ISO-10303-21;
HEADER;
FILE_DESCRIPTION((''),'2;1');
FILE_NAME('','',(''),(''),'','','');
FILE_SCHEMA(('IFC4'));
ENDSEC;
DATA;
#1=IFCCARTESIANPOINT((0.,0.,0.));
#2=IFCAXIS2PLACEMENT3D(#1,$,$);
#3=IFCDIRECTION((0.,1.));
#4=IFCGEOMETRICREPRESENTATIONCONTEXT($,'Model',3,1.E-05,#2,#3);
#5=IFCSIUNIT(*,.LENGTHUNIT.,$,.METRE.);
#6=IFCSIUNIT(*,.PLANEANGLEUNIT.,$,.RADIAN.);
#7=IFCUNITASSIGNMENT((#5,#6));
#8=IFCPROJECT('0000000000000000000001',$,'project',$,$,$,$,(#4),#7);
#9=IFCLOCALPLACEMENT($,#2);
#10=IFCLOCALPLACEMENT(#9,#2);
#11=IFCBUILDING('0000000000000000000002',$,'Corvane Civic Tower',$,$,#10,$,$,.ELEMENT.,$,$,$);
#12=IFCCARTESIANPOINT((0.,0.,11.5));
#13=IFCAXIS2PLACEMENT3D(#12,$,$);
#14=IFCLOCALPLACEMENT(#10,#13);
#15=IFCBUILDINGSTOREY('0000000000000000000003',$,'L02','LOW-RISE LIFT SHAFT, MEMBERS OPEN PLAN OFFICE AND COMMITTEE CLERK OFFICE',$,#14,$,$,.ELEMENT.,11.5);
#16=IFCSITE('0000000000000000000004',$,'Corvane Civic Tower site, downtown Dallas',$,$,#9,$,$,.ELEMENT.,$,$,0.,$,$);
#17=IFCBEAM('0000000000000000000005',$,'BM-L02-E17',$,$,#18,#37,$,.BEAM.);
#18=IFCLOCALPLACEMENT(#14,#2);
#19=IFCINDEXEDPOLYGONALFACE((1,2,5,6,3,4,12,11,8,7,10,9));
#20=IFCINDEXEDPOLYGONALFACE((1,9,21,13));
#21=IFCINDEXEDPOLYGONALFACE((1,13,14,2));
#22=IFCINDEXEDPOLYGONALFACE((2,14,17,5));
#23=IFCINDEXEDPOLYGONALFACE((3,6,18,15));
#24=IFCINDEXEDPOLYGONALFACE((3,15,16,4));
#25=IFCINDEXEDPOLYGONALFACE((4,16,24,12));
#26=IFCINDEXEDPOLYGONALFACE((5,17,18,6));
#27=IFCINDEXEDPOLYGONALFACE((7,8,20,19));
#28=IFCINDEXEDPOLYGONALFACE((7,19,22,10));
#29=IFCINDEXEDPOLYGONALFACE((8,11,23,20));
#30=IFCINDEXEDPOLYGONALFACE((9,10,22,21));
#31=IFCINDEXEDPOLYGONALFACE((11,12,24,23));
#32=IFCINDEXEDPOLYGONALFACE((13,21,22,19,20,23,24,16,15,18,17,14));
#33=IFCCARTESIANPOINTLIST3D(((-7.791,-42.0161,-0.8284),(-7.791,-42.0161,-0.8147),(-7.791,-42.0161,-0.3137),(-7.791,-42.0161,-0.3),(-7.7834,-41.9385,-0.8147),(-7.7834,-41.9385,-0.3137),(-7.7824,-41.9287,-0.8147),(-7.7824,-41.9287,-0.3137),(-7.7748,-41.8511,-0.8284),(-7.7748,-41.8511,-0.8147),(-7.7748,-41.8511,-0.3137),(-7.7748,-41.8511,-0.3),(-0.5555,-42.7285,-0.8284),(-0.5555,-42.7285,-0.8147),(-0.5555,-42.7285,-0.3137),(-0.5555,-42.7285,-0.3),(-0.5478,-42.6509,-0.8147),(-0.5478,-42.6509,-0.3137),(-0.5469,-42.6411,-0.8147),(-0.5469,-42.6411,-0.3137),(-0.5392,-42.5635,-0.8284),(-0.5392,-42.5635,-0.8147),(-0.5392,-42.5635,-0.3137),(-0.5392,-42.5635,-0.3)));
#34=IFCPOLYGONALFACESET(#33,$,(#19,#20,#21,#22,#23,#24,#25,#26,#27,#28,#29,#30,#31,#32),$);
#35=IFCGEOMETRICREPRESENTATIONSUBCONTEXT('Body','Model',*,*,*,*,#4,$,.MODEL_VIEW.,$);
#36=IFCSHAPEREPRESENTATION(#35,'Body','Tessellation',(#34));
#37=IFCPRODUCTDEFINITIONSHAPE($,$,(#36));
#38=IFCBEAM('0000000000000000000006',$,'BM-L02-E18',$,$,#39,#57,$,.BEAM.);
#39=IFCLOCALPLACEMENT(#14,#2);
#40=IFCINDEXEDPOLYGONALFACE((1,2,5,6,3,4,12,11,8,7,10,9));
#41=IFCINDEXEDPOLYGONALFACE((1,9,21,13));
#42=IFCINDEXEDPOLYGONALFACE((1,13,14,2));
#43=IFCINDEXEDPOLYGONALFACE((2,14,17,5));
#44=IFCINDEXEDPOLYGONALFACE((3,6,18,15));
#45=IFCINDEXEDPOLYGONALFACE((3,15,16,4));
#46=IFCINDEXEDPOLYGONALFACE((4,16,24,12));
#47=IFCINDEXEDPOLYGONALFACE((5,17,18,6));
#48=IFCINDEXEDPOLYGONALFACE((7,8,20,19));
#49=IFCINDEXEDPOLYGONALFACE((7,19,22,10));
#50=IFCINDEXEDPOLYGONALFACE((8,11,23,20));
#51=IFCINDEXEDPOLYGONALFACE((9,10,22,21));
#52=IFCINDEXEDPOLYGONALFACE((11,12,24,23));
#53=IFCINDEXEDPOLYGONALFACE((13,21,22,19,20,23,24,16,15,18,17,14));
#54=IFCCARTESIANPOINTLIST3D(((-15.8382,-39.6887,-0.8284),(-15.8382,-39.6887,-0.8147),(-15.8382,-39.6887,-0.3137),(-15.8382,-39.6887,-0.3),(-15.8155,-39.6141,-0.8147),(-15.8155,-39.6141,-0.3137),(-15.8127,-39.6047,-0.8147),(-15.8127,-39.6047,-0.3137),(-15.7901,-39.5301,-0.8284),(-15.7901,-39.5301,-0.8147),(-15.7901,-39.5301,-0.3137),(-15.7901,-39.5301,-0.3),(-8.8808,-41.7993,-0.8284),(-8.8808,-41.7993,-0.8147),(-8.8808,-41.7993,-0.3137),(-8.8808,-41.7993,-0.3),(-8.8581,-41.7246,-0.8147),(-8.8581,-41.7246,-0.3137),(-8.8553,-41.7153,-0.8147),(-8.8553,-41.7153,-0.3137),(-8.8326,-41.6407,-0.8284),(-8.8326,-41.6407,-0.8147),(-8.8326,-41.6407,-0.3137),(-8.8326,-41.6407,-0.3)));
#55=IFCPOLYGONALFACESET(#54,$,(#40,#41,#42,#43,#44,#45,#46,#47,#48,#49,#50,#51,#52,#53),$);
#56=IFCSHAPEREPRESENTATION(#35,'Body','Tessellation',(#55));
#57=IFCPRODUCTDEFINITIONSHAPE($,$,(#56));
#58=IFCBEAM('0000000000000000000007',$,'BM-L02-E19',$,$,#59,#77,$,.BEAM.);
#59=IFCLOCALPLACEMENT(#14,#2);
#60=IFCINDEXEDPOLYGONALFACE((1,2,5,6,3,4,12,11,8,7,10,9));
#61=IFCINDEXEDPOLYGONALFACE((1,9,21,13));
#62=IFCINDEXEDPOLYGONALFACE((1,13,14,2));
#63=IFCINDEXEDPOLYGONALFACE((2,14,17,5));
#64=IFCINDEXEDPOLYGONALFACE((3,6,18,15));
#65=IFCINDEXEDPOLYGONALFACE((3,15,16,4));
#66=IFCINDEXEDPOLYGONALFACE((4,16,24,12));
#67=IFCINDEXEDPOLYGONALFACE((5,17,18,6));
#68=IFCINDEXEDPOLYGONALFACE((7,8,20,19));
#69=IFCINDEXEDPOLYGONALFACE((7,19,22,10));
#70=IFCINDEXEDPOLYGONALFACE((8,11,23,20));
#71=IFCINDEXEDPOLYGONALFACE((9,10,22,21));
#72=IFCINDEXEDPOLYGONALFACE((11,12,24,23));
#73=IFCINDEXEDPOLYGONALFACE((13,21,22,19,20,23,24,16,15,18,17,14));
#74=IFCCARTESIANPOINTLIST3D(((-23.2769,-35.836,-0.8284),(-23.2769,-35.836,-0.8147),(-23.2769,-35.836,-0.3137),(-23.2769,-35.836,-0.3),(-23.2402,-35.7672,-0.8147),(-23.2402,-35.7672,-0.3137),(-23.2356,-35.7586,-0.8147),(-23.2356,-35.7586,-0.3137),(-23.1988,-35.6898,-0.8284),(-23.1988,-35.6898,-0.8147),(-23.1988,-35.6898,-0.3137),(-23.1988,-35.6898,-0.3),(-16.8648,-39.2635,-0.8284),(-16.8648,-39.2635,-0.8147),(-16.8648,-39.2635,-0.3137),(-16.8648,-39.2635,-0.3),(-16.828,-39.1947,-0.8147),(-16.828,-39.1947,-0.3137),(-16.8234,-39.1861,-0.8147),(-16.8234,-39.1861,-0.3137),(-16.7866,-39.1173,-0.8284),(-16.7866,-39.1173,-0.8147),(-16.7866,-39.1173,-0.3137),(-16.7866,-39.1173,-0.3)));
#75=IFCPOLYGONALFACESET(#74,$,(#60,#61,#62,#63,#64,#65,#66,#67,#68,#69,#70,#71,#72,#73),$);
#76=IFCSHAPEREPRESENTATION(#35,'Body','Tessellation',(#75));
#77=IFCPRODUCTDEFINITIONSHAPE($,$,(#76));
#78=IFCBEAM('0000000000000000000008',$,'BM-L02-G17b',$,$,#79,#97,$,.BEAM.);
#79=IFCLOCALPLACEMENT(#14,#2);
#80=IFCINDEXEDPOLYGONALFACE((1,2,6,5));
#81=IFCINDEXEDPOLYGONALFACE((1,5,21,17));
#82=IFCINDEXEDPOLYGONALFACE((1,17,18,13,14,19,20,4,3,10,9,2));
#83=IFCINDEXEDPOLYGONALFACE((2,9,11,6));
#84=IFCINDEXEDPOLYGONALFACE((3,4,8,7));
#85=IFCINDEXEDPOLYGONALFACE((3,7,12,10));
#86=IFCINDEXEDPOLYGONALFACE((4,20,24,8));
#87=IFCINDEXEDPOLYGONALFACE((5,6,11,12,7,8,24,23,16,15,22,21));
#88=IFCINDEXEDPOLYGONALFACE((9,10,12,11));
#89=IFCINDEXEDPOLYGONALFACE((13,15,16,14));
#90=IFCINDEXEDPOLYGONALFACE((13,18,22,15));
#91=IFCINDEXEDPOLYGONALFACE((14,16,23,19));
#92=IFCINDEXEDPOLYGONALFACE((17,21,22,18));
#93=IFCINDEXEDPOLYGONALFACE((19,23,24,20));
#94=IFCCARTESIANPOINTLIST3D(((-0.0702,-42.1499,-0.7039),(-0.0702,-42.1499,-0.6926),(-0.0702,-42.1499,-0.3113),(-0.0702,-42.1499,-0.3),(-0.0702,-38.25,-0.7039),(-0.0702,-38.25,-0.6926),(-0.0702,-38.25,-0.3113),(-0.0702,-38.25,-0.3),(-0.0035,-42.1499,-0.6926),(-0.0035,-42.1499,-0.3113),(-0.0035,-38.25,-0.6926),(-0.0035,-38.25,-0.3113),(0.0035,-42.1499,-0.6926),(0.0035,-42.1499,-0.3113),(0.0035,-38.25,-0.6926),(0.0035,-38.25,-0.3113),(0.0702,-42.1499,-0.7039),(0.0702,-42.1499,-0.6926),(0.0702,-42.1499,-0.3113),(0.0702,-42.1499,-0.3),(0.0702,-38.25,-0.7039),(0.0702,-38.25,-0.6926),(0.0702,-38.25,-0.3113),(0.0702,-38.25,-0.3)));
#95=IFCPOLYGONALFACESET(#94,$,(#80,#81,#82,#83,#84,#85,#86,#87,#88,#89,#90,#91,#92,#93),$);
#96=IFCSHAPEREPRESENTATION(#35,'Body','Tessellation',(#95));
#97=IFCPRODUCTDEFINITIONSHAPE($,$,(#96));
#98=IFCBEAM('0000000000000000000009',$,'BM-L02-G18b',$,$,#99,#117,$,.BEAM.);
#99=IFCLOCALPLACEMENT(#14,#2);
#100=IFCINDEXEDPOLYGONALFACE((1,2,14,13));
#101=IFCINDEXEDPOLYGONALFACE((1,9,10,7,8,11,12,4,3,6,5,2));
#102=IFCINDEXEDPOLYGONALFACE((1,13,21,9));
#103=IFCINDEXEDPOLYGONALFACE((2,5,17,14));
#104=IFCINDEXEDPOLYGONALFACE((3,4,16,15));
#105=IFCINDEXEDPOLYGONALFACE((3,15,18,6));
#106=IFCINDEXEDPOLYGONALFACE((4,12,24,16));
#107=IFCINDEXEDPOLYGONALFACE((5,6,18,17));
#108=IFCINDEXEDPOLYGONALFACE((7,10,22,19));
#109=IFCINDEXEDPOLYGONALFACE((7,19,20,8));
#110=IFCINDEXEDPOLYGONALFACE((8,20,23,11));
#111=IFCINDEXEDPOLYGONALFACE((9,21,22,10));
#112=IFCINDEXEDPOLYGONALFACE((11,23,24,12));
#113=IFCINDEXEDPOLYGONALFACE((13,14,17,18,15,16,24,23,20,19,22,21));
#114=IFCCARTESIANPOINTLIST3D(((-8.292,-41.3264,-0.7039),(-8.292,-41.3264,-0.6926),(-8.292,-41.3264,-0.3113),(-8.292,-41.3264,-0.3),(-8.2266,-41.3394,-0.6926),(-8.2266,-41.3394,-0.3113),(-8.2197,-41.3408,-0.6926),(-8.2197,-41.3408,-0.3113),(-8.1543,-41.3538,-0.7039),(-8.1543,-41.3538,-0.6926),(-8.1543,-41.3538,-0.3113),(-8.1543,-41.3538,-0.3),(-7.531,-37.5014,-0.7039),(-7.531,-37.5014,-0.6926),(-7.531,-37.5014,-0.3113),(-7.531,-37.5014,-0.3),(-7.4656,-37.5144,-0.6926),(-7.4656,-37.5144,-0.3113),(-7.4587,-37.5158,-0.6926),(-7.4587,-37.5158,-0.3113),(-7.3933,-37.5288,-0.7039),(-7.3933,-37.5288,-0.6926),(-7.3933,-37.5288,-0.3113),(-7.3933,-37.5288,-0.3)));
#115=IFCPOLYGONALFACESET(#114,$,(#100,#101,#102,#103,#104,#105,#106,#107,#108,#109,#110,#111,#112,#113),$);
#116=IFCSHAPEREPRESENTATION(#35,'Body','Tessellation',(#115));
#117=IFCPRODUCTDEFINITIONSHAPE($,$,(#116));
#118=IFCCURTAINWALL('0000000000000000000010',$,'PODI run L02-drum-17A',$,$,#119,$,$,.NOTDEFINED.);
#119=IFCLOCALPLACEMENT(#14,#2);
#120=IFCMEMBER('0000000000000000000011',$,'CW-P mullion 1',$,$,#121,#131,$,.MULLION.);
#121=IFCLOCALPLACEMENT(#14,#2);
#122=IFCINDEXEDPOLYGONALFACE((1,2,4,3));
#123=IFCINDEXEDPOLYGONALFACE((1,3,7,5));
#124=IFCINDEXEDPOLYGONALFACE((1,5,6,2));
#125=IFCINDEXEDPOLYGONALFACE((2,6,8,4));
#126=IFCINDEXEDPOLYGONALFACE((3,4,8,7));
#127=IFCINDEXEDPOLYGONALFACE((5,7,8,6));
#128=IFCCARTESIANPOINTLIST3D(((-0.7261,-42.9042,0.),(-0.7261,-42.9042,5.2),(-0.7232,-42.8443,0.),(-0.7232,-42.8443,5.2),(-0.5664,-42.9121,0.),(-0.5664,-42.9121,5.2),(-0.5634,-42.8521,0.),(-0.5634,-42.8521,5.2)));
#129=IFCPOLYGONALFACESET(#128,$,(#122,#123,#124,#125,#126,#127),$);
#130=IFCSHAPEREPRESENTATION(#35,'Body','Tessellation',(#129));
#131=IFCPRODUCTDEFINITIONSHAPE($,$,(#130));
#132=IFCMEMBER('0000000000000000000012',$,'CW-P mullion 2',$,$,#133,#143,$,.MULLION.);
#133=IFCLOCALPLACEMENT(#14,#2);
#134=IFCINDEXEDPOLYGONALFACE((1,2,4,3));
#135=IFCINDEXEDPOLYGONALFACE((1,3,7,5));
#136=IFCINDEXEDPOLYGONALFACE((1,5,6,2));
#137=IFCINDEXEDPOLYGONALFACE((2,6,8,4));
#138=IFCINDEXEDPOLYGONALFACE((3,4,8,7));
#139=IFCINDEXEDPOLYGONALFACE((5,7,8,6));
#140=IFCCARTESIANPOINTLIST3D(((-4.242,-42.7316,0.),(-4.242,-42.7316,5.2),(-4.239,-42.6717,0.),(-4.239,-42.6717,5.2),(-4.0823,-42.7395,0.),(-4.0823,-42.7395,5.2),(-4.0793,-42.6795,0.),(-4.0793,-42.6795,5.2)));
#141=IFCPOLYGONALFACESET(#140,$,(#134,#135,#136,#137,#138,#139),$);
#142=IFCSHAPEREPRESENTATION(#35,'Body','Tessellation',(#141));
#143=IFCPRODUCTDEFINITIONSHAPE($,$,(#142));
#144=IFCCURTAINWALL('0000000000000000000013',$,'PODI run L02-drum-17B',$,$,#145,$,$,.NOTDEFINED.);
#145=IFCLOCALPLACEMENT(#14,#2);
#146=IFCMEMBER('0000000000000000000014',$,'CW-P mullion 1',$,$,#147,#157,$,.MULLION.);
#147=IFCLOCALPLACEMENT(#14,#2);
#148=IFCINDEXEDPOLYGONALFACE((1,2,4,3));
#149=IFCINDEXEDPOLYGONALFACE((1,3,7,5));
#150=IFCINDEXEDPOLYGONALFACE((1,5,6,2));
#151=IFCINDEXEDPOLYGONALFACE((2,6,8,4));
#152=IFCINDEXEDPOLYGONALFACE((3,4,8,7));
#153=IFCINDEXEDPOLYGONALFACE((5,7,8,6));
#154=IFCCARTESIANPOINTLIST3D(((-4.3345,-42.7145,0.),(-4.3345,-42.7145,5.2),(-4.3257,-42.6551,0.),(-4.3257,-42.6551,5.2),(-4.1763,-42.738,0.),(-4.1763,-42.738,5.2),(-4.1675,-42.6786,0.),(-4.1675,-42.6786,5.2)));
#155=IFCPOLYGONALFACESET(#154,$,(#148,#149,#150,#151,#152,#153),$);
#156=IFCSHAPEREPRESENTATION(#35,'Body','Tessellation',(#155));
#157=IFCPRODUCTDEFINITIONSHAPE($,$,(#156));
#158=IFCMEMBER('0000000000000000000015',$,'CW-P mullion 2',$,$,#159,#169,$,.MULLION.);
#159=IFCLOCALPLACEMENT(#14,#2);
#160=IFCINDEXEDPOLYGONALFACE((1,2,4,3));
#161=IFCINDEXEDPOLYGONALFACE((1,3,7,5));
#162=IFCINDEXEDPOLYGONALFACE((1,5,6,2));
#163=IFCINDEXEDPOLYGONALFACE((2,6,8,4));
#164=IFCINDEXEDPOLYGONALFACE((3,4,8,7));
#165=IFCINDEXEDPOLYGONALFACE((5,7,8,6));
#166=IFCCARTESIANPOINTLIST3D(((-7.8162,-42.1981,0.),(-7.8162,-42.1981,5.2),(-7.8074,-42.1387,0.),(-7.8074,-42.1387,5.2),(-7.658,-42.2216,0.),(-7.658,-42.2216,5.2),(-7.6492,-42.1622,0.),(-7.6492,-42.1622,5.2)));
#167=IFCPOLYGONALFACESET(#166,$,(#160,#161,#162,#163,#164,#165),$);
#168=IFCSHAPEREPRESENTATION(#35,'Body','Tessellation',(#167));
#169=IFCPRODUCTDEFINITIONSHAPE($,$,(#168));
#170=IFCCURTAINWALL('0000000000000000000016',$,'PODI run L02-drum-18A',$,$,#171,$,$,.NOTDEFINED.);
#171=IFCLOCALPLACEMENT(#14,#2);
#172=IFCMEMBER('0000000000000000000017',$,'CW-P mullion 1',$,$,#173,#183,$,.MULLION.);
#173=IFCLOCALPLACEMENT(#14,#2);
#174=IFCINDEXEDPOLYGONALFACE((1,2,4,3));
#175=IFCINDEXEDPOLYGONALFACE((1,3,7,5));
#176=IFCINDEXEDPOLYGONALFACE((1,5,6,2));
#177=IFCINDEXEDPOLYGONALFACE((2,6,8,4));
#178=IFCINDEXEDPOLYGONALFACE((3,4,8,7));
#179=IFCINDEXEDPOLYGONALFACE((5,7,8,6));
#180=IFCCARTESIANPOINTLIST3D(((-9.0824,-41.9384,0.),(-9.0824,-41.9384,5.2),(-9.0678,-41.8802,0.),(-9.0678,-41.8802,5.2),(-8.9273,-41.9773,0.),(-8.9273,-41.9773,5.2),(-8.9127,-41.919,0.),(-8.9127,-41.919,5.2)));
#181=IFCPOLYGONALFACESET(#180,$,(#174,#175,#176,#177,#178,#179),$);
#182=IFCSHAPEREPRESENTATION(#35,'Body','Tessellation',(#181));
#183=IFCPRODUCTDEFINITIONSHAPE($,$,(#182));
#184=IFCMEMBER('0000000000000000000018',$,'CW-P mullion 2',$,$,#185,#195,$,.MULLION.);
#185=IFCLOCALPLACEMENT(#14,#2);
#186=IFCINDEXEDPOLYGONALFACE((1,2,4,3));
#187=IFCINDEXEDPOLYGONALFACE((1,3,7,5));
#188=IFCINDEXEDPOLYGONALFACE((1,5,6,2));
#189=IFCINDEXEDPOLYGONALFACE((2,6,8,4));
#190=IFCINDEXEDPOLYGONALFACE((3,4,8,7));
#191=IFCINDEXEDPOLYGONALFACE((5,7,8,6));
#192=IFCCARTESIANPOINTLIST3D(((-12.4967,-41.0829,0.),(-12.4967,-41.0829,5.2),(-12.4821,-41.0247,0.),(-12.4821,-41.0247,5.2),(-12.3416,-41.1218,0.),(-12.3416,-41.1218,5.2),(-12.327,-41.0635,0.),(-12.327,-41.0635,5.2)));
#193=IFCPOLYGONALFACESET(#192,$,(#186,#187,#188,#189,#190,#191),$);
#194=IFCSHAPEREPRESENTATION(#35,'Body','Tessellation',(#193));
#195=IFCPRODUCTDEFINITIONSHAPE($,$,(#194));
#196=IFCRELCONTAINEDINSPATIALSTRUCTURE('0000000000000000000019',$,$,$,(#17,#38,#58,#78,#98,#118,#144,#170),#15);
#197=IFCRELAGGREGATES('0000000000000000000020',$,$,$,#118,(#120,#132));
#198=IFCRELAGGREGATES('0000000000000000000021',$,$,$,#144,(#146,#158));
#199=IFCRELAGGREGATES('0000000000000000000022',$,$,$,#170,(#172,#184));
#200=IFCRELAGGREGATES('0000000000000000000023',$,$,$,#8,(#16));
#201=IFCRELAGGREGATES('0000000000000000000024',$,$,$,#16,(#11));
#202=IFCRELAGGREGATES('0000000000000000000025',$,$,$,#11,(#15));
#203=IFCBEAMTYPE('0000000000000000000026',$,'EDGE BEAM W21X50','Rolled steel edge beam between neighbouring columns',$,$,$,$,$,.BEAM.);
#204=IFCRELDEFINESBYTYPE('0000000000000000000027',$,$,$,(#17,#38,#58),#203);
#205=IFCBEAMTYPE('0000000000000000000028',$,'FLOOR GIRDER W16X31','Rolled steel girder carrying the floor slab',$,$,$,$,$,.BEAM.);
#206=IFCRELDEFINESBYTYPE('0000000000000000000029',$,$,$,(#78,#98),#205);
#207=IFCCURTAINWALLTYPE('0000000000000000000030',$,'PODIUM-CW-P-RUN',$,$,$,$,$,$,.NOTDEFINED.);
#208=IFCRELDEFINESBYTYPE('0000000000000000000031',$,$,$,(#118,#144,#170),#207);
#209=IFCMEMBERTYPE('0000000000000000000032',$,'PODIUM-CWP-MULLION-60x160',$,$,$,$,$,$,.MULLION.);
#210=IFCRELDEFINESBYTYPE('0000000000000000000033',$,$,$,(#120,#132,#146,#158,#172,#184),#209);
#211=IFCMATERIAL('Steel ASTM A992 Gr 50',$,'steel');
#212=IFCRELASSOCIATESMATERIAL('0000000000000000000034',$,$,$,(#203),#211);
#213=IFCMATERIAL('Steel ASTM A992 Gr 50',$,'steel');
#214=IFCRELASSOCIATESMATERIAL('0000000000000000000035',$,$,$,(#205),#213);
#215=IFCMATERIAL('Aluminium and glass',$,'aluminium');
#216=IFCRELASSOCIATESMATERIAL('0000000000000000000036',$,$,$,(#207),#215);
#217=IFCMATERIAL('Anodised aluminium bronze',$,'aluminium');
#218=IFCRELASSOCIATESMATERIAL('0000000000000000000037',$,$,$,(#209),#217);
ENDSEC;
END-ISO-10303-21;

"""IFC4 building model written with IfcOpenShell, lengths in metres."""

from ifc_helpers import new_model, si_unit, direction, frame, origin, origin_2d, place, context, subcontext, project, spatial, rectangle, i_section, extrude, material, material_profile, profile_set, type_object, element, aggregate, save


model = new_model("IFC4")

# Units and contexts
model_context = context("Model", 3, precision=1e-05, world=origin(), true_north=direction((0.0, 1.0)))
body_context = subcontext(model_context, "Body", "Model", "MODEL_VIEW")
ifc_project = project(units=[si_unit("LENGTHUNIT", "METRE"), si_unit("PLANEANGLEUNIT", "RADIAN")], contexts=[model_context])

# Site, building, storey
site_placement = place(None, origin())
site = spatial("IfcSite", under=ifc_project, at=site_placement, Name="Corvane Civic Tower site, downtown Dallas", CompositionType="ELEMENT", RefElevation=0.0)
building_placement = place(site_placement, origin())
building = spatial("IfcBuilding", under=site, at=building_placement, Name="Corvane Civic Tower", CompositionType="ELEMENT")
storey_placement = place(building_placement, frame((0.0, 0.0, 11.5)))
storey = spatial("IfcBuildingStorey", under=building, at=storey_placement, Name="L02", Description="LOW-RISE LIFT SHAFT, MEMBERS OPEN PLAN OFFICE AND COMMITTEE CLERK OFFICE", CompositionType="ELEMENT", Elevation=11.5)

# Beams
ifc_material_1 = material(Name="Steel ASTM A992 Gr 50", Category="steel")
ifc_material_profile_1 = material_profile(ifc_material_1, i_section(OverallWidth=0.1658, OverallDepth=0.5283, WebThickness=0.0098, FlangeThickness=0.0137, at=origin_2d()), Name="W21X50")
ifc_profile_set_1 = profile_set([ifc_material_profile_1], Name="Steel ASTM A992 Gr 50")
beam_type_1 = type_object("IfcBeamType", Name="EDGE BEAM W21X50", Description="Rolled steel edge beam between neighbouring columns", PredefinedType="BEAM", material=ifc_profile_set_1)
for number, where, z_axis, x_axis, name in (
    (1, (-0.5474, -42.646, -0.5642), (-0.995188, 0.097984, 0.0), (-0.097984, -0.995188, 0.0), "BM-L02-E17"),
    (2, (-8.8567, -41.72, -0.5642), (-0.956938, 0.290292, 0.0), (-0.290292, -0.956938, 0.0), "BM-L02-E18"),
):
    element("IfcBeam", number, at=place(storey_placement, frame(where, z_axis=z_axis, x_axis=x_axis)), inside=storey, type_object=beam_type_1, Name=name, PredefinedType="BEAM", context=body_context, shape_type="SweptSolid", body=[
        extrude(i_section(OverallWidth=0.1658, OverallDepth=0.5283, WebThickness=0.0098, FlangeThickness=0.0137, at=origin_2d()), origin(), (0.0, 0.0, 1.0), 7.2705),
    ])
beam_placement = place(storey_placement, frame((-16.8257, -39.1904, -0.5642), z_axis=(-0.881913, 0.471412, 0.0), x_axis=(-0.471412, -0.881913, 0.0)))
element("IfcBeam", 3, at=beam_placement, inside=storey, type_object=beam_type_1, Name="BM-L02-E19", PredefinedType="BEAM", context=body_context, shape_type="SweptSolid", body=[
    extrude(i_section(OverallWidth=0.1658, OverallDepth=0.5283, WebThickness=0.0098, FlangeThickness=0.0137, at=origin_2d()), origin(), (0.0, 0.0, 1.0), 7.2708),
])
ifc_material_2 = material(Name="Steel ASTM A992 Gr 50", Category="steel")
ifc_material_profile_2 = material_profile(ifc_material_2, i_section(OverallWidth=0.1404, OverallDepth=0.4038, WebThickness=0.0071, FlangeThickness=0.0112, at=origin_2d()), Name="W16X31")
ifc_profile_set_2 = profile_set([ifc_material_profile_2], Name="Steel ASTM A992 Gr 50")
beam_type_2 = type_object("IfcBeamType", Name="FLOOR GIRDER W16X31", Description="Rolled steel girder carrying the floor slab", PredefinedType="BEAM", material=ifc_profile_set_2)
for number, where, z_axis, x_axis, name in (
    (4, (0.0, -38.25, -0.502), (0.0, -1.0, 0.0), (1.0, 0.0, 0.0), "BM-L02-G17b"),
    (5, (-7.4622, -37.5151, -0.502), (-0.195129, -0.980778, 0.0), (0.980778, -0.195129, 0.0), "BM-L02-G18b"),
):
    element("IfcBeam", number, at=place(storey_placement, frame(where, z_axis=z_axis, x_axis=x_axis)), inside=storey, type_object=beam_type_2, Name=name, PredefinedType="BEAM", context=body_context, shape_type="SweptSolid", body=[
        extrude(i_section(OverallWidth=0.1404, OverallDepth=0.4038, WebThickness=0.0071, FlangeThickness=0.0112, at=origin_2d()), origin(), (0.0, 0.0, 1.0), 3.8999),
    ])

# Curtain walls, members
ifc_material_3 = material(Name="Aluminium and glass", Category="aluminium")
curtain_wall_type = type_object("IfcCurtainWallType", Name="PODIUM-CW-P-RUN", PredefinedType="NOTDEFINED", material=ifc_material_3)
curtain_wall_1_placement = place(storey_placement, origin())
curtain_wall_1 = element("IfcCurtainWall", 6, at=curtain_wall_1_placement, inside=storey, type_object=curtain_wall_type, Name="PODI run L02-drum-17A", PredefinedType="NOTDEFINED")
ifc_material_4 = material(Name="Anodised aluminium bronze", Category="aluminium")
ifc_material_profile_3 = material_profile(ifc_material_4, rectangle(XDim=0.0601, YDim=0.1599, at=origin_2d()), Name="AL 60x160")
ifc_profile_set_3 = profile_set([ifc_material_profile_3], Name="Anodised aluminium bronze")
member_type_1 = type_object("IfcMemberType", Name="PODIUM-CWP-MULLION-60x160", PredefinedType="MULLION", material=ifc_profile_set_3)
member_1_placement = place(storey_placement, frame((-0.6448, -42.8782, 0.0), z_axis=(0.0, 0.0, 1.0), x_axis=(-0.04905, -0.998796, 0.0)))
member_1 = element("IfcMember", 7, at=member_1_placement, type_object=member_type_1, Name="CW-P mullion 1", PredefinedType="MULLION", context=body_context, shape_type="SweptSolid", body=[
    extrude(rectangle(XDim=0.0601, YDim=0.1599, at=origin_2d()), origin(), (0.0, 0.0, 1.0), 5.2),
])
member_2_placement = place(storey_placement, frame((-4.1606, -42.7056, 0.0), z_axis=(0.0, 0.0, 1.0), x_axis=(-0.04905, -0.998796, 0.0)))
member_2 = element("IfcMember", 8, at=member_2_placement, type_object=member_type_1, Name="CW-P mullion 2", PredefinedType="MULLION", context=body_context, shape_type="SweptSolid", body=[
    extrude(rectangle(XDim=0.0601, YDim=0.1599, at=origin_2d()), origin(), (0.0, 0.0, 1.0), 5.2),
])
curtain_wall_2_placement = place(storey_placement, origin())
curtain_wall_2 = element("IfcCurtainWall", 9, at=curtain_wall_2_placement, inside=storey, type_object=curtain_wall_type, Name="PODI run L02-drum-17B", PredefinedType="NOTDEFINED")
member_3_placement = place(storey_placement, frame((-4.251, -42.6965, 0.0), z_axis=(0.0, 0.0, 1.0), x_axis=(-0.146715, -0.989179, 0.0)))
member_3 = element("IfcMember", 10, at=member_3_placement, type_object=member_type_1, Name="CW-P mullion 1", PredefinedType="MULLION", context=body_context, shape_type="SweptSolid", body=[
    extrude(rectangle(XDim=0.0601, YDim=0.1599, at=origin_2d()), origin(), (0.0, 0.0, 1.0), 5.2),
])
member_4_placement = place(storey_placement, frame((-7.7327, -42.1802, 0.0), z_axis=(0.0, 0.0, 1.0), x_axis=(-0.146715, -0.989179, 0.0)))
member_4 = element("IfcMember", 11, at=member_4_placement, type_object=member_type_1, Name="CW-P mullion 2", PredefinedType="MULLION", context=body_context, shape_type="SweptSolid", body=[
    extrude(rectangle(XDim=0.0601, YDim=0.1599, at=origin_2d()), origin(), (0.0, 0.0, 1.0), 5.2),
])
curtain_wall_3_placement = place(storey_placement, origin())
curtain_wall_3 = element("IfcCurtainWall", 12, at=curtain_wall_3_placement, inside=storey, type_object=curtain_wall_type, Name="PODI run L02-drum-18A", PredefinedType="NOTDEFINED")
member_5_placement = place(storey_placement, frame((-8.9976, -41.9287, 0.0), z_axis=(0.0, 0.0, 1.0), x_axis=(-0.243009, -0.970024, 0.0)))
member_5 = element("IfcMember", 13, at=member_5_placement, type_object=member_type_1, Name="CW-P mullion 1", PredefinedType="MULLION", context=body_context, shape_type="SweptSolid", body=[
    extrude(rectangle(XDim=0.0601, YDim=0.1599, at=origin_2d()), origin(), (0.0, 0.0, 1.0), 5.2),
])
member_6_placement = place(storey_placement, frame((-12.4119, -41.0732, 0.0), z_axis=(0.0, 0.0, 1.0), x_axis=(-0.243009, -0.970024, 0.0)))
member_6 = element("IfcMember", 14, at=member_6_placement, type_object=member_type_1, Name="CW-P mullion 2", PredefinedType="MULLION", context=body_context, shape_type="SweptSolid", body=[
    extrude(rectangle(XDim=0.0601, YDim=0.1599, at=origin_2d()), origin(), (0.0, 0.0, 1.0), 5.2),
])

aggregate(curtain_wall_1, [member_1, member_2])
aggregate(curtain_wall_2, [member_3, member_4])
aggregate(curtain_wall_3, [member_5, member_6])

save(model, "model.ifc")
